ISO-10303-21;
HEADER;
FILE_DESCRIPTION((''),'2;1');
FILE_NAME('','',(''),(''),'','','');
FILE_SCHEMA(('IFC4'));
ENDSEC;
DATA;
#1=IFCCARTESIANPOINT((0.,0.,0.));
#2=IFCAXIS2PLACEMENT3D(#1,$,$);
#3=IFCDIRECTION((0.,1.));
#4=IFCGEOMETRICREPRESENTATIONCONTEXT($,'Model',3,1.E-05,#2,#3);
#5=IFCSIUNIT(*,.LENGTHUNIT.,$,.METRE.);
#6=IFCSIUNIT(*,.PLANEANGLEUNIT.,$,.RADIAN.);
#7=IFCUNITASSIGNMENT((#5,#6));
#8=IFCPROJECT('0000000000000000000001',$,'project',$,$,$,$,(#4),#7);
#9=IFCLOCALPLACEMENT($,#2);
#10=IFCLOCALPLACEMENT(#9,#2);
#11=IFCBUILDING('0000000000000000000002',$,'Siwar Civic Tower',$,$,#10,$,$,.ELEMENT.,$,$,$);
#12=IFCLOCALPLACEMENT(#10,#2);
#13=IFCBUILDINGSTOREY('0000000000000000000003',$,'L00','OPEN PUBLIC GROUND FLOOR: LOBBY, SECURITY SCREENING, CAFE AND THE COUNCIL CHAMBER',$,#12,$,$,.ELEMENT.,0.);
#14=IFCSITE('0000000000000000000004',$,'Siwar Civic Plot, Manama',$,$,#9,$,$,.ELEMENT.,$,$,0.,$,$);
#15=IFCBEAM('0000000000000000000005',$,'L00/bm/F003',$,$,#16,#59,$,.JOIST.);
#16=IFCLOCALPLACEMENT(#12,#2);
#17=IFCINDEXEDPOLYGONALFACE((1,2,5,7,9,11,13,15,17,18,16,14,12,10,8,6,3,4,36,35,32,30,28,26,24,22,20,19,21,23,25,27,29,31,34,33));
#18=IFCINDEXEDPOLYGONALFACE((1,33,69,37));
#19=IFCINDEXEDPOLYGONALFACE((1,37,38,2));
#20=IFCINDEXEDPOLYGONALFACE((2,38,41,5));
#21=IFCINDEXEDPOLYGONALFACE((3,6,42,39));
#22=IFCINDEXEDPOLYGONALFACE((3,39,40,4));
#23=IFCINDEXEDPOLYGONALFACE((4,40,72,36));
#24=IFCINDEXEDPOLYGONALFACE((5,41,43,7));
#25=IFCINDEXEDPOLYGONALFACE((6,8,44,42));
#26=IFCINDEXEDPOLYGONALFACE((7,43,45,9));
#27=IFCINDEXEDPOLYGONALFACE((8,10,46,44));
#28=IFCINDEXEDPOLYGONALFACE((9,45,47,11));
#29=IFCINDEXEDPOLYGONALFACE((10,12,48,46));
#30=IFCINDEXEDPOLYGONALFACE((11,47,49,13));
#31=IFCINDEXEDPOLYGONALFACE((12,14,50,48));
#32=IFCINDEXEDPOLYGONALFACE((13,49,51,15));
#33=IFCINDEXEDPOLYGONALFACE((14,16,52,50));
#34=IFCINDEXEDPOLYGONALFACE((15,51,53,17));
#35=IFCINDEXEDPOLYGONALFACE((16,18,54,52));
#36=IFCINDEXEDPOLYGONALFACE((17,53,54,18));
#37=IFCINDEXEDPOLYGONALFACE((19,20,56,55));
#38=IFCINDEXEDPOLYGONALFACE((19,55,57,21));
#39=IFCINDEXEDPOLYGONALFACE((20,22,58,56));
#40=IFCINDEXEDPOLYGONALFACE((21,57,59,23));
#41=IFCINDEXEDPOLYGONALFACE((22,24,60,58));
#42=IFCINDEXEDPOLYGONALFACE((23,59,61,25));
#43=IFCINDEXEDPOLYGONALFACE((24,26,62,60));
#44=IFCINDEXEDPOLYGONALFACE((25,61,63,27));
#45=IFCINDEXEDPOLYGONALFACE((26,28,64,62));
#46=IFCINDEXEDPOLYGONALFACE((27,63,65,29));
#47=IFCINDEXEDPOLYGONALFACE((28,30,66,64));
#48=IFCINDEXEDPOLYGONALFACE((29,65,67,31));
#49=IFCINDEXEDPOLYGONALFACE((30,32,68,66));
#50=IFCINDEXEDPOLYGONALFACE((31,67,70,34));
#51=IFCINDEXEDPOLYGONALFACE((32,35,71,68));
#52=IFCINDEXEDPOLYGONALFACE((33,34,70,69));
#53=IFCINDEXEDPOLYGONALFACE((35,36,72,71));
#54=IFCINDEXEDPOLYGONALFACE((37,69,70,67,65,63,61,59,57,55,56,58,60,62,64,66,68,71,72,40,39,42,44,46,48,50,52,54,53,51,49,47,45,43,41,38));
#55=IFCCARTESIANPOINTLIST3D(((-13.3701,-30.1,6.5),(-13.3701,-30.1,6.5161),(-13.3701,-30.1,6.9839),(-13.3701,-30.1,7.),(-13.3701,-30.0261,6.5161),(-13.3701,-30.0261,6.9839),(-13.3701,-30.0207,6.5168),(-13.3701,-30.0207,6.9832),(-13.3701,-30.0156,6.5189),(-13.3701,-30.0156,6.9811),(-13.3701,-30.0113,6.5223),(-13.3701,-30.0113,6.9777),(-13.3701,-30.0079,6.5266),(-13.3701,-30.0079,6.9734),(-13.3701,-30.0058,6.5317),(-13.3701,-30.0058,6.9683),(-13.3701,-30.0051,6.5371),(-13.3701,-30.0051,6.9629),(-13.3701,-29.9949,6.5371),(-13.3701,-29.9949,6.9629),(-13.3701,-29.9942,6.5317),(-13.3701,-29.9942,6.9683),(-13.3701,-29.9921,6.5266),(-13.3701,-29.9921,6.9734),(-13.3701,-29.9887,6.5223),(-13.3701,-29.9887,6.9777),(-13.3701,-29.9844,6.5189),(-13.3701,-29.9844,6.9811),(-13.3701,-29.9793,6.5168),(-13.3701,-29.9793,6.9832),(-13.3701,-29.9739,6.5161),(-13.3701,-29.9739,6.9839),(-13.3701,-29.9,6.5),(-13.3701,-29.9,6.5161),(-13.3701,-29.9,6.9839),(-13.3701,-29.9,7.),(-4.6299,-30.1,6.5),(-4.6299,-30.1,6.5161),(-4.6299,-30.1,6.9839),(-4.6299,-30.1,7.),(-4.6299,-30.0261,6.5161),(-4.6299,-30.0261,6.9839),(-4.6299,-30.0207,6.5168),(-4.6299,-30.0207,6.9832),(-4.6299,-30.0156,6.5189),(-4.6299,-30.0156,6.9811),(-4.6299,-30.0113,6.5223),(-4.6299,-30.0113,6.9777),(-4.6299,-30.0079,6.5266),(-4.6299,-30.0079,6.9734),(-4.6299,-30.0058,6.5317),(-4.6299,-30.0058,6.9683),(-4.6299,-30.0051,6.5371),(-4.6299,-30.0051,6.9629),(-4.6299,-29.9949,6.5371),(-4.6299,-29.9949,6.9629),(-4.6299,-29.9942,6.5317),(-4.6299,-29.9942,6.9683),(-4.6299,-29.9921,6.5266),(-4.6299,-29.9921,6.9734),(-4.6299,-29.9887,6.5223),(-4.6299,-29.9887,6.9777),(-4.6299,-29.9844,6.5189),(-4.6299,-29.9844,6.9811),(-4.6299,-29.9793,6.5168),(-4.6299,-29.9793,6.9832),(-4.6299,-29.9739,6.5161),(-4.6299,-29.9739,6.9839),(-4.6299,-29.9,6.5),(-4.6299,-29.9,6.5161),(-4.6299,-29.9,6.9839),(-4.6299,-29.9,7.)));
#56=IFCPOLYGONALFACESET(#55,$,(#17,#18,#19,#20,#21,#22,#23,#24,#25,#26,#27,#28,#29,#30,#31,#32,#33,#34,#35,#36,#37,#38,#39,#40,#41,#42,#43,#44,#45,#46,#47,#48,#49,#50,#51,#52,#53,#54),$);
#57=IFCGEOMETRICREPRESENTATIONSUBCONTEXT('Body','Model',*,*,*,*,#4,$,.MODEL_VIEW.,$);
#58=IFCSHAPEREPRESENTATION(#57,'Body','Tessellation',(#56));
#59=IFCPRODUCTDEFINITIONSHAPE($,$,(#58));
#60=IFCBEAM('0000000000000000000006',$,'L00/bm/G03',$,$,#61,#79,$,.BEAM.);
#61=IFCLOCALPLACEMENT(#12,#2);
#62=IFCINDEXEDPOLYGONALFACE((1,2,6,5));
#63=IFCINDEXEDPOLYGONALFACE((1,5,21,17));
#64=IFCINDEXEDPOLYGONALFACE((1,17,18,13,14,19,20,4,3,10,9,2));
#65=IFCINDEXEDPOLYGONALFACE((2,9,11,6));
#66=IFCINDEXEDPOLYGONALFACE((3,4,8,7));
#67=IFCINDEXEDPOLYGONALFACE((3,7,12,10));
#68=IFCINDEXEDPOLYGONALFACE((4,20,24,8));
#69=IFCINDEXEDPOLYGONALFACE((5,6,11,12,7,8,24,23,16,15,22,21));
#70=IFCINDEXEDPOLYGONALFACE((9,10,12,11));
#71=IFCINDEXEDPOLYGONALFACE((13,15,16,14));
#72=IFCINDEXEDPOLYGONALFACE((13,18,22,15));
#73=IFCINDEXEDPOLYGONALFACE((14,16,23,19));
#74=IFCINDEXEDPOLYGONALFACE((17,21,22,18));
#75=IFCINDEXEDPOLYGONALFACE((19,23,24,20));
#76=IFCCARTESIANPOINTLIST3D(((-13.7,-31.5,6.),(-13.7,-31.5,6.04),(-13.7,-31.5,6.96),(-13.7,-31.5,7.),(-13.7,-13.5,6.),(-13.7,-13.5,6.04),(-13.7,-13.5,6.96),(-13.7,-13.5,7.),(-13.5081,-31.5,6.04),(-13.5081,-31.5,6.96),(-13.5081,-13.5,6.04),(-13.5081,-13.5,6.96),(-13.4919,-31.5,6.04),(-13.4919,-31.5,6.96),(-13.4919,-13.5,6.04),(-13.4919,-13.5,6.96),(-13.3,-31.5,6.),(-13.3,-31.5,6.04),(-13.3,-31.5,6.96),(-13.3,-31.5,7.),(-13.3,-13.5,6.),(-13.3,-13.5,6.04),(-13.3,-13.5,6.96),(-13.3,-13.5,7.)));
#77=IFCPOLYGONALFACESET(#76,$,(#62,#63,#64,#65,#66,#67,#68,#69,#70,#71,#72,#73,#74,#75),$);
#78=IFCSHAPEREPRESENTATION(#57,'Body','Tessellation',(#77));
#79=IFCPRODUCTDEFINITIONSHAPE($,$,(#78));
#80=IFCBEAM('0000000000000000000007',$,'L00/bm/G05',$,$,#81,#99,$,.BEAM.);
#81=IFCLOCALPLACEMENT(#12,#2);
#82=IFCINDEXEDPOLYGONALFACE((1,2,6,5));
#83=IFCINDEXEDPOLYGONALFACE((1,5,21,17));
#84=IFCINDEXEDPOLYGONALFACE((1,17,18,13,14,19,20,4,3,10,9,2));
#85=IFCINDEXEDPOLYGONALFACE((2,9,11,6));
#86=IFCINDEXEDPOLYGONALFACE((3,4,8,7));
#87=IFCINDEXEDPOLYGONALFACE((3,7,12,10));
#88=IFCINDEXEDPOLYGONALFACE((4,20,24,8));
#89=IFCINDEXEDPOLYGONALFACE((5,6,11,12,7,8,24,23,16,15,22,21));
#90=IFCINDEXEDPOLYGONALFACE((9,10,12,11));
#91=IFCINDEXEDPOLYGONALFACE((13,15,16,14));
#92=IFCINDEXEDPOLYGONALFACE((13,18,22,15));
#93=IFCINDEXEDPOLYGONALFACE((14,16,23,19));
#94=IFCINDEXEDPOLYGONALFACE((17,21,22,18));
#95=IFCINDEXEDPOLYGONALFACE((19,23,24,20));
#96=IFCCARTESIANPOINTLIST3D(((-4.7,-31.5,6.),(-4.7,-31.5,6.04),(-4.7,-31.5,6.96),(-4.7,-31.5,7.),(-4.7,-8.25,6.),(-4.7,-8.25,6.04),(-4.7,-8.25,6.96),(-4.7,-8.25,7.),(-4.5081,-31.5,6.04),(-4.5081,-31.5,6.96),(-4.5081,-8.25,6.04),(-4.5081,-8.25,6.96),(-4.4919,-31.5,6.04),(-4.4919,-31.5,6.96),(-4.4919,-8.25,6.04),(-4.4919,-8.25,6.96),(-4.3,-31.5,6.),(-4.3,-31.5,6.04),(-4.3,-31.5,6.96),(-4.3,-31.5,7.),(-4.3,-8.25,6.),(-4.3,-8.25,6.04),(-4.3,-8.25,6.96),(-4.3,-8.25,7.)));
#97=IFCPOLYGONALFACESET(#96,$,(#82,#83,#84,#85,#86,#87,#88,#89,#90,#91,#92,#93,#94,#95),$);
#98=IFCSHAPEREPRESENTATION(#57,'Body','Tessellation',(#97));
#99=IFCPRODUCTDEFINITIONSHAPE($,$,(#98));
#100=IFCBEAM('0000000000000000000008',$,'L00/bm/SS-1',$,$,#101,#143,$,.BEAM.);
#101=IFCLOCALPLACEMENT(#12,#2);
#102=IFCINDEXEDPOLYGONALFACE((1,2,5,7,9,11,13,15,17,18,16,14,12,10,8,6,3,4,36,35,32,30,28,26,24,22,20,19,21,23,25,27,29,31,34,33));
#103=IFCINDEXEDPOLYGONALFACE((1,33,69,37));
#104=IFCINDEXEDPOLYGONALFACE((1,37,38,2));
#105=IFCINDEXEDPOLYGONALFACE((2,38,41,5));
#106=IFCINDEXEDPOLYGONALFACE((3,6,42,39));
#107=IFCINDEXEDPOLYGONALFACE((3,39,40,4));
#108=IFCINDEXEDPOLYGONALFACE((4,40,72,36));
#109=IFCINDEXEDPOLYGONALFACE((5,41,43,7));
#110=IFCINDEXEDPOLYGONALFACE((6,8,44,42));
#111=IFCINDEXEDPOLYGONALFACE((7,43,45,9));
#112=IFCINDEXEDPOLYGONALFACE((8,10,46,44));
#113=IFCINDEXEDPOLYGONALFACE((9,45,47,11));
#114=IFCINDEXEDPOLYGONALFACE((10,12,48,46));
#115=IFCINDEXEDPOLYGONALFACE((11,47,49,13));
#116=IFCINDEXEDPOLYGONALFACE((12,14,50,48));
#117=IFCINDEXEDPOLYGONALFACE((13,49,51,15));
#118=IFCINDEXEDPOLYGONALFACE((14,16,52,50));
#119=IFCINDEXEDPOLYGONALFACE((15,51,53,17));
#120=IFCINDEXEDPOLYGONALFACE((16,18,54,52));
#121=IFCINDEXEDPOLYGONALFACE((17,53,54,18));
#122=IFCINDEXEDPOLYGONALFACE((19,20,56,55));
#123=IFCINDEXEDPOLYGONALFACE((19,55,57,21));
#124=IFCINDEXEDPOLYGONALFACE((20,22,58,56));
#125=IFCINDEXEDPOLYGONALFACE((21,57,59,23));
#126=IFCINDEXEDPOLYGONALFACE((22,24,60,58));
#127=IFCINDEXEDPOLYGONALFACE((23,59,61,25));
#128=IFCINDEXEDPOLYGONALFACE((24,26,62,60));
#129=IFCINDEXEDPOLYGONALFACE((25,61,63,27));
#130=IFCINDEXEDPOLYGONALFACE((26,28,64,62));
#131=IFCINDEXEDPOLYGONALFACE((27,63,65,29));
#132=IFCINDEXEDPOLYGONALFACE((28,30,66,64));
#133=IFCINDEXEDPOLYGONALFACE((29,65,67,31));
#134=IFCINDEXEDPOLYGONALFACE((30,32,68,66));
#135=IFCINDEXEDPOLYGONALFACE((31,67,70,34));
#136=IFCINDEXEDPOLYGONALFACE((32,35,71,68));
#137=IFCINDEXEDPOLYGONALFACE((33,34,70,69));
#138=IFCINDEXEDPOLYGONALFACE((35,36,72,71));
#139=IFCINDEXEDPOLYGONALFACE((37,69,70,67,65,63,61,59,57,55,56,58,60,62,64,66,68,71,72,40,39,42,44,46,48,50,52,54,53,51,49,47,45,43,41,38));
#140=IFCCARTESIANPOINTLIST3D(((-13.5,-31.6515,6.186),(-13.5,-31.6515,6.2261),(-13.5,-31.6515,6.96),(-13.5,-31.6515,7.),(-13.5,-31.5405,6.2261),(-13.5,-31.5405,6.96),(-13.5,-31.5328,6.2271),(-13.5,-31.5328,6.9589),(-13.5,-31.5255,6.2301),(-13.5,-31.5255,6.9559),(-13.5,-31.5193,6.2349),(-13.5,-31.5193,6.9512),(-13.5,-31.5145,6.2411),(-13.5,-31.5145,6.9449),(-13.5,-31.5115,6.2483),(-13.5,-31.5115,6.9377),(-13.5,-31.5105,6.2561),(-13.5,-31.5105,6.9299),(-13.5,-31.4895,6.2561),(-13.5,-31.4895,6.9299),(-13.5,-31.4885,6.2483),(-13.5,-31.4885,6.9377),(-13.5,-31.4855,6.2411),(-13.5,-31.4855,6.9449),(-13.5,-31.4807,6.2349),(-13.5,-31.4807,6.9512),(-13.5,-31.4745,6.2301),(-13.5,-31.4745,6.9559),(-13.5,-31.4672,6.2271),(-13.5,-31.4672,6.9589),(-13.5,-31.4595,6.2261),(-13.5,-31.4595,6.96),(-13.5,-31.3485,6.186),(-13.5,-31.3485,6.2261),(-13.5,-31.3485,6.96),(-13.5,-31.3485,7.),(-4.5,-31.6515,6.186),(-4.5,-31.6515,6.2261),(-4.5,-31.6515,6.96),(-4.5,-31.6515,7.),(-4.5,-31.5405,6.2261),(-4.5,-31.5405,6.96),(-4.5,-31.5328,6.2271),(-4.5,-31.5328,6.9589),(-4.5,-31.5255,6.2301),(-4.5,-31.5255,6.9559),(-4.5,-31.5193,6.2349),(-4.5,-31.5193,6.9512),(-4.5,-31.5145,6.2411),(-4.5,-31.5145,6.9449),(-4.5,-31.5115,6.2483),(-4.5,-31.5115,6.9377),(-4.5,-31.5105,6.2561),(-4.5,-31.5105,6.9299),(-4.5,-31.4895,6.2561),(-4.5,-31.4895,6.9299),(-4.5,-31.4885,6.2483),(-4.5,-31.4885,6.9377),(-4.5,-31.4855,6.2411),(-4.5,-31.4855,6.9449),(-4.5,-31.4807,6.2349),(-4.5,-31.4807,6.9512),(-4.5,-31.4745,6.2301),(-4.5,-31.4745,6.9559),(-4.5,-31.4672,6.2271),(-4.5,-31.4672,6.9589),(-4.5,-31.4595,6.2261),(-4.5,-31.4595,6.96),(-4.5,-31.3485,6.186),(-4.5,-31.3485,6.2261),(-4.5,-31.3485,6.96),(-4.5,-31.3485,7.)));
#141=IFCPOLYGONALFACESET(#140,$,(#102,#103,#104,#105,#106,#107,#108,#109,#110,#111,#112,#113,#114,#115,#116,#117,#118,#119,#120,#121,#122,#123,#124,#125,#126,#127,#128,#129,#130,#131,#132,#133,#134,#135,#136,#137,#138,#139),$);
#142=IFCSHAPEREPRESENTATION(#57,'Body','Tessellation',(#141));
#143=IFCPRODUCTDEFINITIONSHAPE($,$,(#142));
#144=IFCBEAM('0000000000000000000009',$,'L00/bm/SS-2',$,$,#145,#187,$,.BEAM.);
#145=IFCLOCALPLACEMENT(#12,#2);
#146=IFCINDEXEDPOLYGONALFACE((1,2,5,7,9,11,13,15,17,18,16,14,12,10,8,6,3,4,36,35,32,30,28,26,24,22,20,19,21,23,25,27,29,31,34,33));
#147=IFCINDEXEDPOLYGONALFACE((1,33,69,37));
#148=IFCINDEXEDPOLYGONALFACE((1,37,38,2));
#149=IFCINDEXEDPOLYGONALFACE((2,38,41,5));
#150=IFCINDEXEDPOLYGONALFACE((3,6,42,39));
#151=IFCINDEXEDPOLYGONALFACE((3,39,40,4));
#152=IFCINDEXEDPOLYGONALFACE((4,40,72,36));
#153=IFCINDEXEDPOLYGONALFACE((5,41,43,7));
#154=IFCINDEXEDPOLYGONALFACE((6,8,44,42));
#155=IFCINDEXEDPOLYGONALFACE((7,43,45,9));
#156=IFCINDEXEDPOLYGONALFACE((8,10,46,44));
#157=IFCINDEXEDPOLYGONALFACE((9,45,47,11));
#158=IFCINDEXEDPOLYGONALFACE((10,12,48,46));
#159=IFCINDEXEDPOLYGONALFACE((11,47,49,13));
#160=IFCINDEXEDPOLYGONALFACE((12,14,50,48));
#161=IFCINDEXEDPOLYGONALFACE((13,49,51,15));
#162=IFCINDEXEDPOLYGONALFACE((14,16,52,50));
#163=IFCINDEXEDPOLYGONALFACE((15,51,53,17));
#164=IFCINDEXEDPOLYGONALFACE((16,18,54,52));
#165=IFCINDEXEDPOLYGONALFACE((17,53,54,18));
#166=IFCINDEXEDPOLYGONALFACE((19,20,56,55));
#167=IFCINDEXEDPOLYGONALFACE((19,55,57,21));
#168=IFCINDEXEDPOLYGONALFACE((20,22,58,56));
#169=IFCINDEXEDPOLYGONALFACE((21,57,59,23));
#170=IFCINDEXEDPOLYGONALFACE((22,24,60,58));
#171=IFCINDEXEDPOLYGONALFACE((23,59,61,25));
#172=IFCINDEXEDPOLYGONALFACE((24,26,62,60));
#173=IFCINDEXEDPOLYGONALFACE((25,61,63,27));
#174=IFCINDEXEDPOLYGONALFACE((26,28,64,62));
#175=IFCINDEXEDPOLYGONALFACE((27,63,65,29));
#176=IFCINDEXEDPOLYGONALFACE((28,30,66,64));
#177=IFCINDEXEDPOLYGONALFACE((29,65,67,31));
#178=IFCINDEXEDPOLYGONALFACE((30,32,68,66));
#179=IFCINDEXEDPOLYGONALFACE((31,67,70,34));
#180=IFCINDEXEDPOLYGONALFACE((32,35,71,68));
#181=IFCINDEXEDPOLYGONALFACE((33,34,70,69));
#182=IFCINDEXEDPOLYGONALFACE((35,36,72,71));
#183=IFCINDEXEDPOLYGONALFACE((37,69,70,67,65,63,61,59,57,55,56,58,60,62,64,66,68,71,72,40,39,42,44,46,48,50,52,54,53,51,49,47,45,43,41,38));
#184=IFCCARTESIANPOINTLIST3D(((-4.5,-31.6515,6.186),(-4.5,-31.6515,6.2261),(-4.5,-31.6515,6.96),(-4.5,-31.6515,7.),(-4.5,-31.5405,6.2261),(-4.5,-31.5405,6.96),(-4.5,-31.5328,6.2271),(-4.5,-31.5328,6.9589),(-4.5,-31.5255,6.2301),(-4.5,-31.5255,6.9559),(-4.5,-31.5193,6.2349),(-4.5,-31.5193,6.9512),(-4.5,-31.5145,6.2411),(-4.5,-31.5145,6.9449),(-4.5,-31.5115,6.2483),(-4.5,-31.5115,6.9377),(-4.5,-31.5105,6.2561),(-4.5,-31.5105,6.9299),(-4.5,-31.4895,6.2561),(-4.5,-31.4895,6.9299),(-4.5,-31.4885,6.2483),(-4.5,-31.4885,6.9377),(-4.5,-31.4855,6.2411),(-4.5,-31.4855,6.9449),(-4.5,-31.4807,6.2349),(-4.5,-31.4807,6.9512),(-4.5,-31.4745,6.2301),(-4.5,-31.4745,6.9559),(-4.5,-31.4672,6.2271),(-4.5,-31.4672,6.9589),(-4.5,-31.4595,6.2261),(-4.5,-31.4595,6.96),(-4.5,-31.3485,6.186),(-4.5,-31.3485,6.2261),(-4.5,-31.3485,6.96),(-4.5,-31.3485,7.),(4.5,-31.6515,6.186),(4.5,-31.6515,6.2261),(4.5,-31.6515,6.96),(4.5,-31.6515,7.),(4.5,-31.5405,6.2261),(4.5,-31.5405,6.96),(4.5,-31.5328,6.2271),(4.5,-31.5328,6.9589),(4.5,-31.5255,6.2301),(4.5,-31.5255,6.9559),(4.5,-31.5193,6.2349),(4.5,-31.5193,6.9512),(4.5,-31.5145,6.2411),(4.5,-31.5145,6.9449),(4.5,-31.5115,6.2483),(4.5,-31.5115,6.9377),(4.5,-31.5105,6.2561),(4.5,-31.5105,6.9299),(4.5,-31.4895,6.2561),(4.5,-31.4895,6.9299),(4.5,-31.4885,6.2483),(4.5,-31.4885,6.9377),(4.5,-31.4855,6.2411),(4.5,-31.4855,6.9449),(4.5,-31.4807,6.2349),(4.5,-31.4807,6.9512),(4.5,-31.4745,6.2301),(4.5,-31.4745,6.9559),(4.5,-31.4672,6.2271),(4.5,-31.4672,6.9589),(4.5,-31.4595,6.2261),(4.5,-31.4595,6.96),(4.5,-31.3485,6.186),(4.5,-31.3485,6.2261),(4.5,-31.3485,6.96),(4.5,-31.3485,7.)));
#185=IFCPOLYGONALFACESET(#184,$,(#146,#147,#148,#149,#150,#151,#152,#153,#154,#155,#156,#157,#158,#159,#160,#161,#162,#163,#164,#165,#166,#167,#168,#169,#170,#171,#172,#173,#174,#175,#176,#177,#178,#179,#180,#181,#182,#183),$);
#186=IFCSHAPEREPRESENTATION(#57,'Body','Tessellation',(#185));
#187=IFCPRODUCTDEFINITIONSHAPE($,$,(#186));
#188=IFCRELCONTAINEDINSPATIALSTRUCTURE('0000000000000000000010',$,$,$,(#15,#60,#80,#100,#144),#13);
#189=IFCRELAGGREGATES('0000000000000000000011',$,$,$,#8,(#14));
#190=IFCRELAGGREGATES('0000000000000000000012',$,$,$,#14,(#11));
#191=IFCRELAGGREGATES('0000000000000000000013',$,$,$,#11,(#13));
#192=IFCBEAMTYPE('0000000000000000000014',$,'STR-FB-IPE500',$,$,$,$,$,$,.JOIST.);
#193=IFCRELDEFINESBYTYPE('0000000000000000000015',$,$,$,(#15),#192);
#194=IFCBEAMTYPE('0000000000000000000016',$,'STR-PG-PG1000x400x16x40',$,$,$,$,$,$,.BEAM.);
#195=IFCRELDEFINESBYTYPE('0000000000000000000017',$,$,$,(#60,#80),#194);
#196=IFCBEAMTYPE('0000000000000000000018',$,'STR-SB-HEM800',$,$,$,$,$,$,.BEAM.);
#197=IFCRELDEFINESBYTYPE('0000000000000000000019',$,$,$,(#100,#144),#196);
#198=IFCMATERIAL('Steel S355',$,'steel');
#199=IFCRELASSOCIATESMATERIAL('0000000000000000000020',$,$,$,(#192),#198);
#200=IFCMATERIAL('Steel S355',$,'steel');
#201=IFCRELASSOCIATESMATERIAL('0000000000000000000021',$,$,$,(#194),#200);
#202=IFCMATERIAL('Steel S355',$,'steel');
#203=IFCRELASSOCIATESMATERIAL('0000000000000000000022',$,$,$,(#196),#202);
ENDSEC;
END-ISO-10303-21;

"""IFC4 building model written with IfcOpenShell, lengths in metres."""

from ifc_helpers import new_model, si_unit, direction, frame, origin, origin_2d, place, context, subcontext, project, spatial, i_section, extrude, material, material_profile, profile_set, type_object, element, save


model = new_model("IFC4")

# Units and contexts
model_context = context("Model", 3, precision=1e-05, world=origin(), true_north=direction((0.0, 1.0)))
body_context = subcontext(model_context, "Body", "Model", "MODEL_VIEW")
ifc_project = project(units=[si_unit("LENGTHUNIT", "METRE"), si_unit("PLANEANGLEUNIT", "RADIAN")], contexts=[model_context])

# Site, building, storey
site_placement = place(None, origin())
site = spatial("IfcSite", under=ifc_project, at=site_placement, Name="Siwar Civic Plot, Manama", CompositionType="ELEMENT", RefElevation=0.0)
building_placement = place(site_placement, origin())
building = spatial("IfcBuilding", under=site, at=building_placement, Name="Siwar Civic Tower", CompositionType="ELEMENT")
storey_placement = place(building_placement, origin())
storey = spatial("IfcBuildingStorey", under=building, at=storey_placement, Name="L00", Description="OPEN PUBLIC GROUND FLOOR: LOBBY, SECURITY SCREENING, CAFE AND THE COUNCIL CHAMBER", CompositionType="ELEMENT", Elevation=0.0)

# Beams
ifc_material_1 = material(Name="Steel S355", Category="steel")
ifc_material_profile_1 = material_profile(ifc_material_1, i_section(OverallWidth=0.2, OverallDepth=0.5, WebThickness=0.0103, FlangeThickness=0.0161, FilletRadius=0.021, at=origin_2d()), Name="IPE500")
ifc_profile_set_1 = profile_set([ifc_material_profile_1], Name="Steel S355")
beam_type_1 = type_object("IfcBeamType", Name="STR-FB-IPE500", PredefinedType="JOIST", material=ifc_profile_set_1)
beam_1_placement = place(storey_placement, frame((-13.3701, -30.0, 6.75), z_axis=(1.0, 0.0, 0.0), x_axis=(0.0, 1.0, 0.0)))
element("IfcBeam", 1, at=beam_1_placement, inside=storey, type_object=beam_type_1, Name="L00/bm/F003", PredefinedType="JOIST", context=body_context, shape_type="SweptSolid", body=[
    extrude(i_section(OverallWidth=0.2, OverallDepth=0.5, WebThickness=0.0103, FlangeThickness=0.0161, FilletRadius=0.021, at=origin_2d()), origin(), (0.0, 0.0, 1.0), 8.7402),
])
ifc_material_2 = material(Name="Steel S355", Category="steel")
ifc_material_profile_2 = material_profile(ifc_material_2, i_section(OverallWidth=0.3999, OverallDepth=1.0, WebThickness=0.0161, FlangeThickness=0.04, at=origin_2d()), Name="PG1000x400x16x40")
ifc_profile_set_2 = profile_set([ifc_material_profile_2], Name="Steel S355")
beam_type_2 = type_object("IfcBeamType", Name="STR-PG-PG1000x400x16x40", PredefinedType="BEAM", material=ifc_profile_set_2)
beam_2_placement = place(storey_placement, frame((-13.5, -31.5, 6.5), z_axis=(0.0, 1.0, 0.0), x_axis=(-1.0, 0.0, 0.0)))
element("IfcBeam", 2, at=beam_2_placement, inside=storey, type_object=beam_type_2, Name="L00/bm/G03", PredefinedType="BEAM", context=body_context, shape_type="SweptSolid", body=[
    extrude(i_section(OverallWidth=0.3999, OverallDepth=1.0, WebThickness=0.0161, FlangeThickness=0.04, at=origin_2d()), origin(), (0.0, 0.0, 1.0), 18.0),
])
beam_3_placement = place(storey_placement, frame((-4.5, -31.5, 6.5), z_axis=(0.0, 1.0, 0.0), x_axis=(-1.0, 0.0, 0.0)))
element("IfcBeam", 3, at=beam_3_placement, inside=storey, type_object=beam_type_2, Name="L00/bm/G05", PredefinedType="BEAM", context=body_context, shape_type="SweptSolid", body=[
    extrude(i_section(OverallWidth=0.3999, OverallDepth=1.0, WebThickness=0.0161, FlangeThickness=0.04, at=origin_2d()), origin(), (0.0, 0.0, 1.0), 23.25),
])
ifc_material_3 = material(Name="Steel S355", Category="steel")
ifc_material_profile_3 = material_profile(ifc_material_3, i_section(OverallWidth=0.303, OverallDepth=0.814, WebThickness=0.021, FlangeThickness=0.04, FilletRadius=0.03, at=origin_2d()), Name="HEM800")
ifc_profile_set_3 = profile_set([ifc_material_profile_3], Name="Steel S355")
beam_type_3 = type_object("IfcBeamType", Name="STR-SB-HEM800", PredefinedType="BEAM", material=ifc_profile_set_3)
for number, where, z_axis, x_axis, name in (
    (4, (-13.5, -31.5, 6.593), (1.0, 0.0, 0.0), (0.0, 1.0, 0.0), "L00/bm/SS-1"),
    (5, (-4.5, -31.5, 6.593), (1.0, 0.0, 0.0), (0.0, 1.0, 0.0), "L00/bm/SS-2"),
):
    element("IfcBeam", number, at=place(storey_placement, frame(where, z_axis=z_axis, x_axis=x_axis)), inside=storey, type_object=beam_type_3, Name=name, PredefinedType="BEAM", context=body_context, shape_type="SweptSolid", body=[
        extrude(i_section(OverallWidth=0.303, OverallDepth=0.814, WebThickness=0.021, FlangeThickness=0.04, FilletRadius=0.03, at=origin_2d()), origin(), (0.0, 0.0, 1.0), 9.0),
    ])

save(model, "model.ifc")
